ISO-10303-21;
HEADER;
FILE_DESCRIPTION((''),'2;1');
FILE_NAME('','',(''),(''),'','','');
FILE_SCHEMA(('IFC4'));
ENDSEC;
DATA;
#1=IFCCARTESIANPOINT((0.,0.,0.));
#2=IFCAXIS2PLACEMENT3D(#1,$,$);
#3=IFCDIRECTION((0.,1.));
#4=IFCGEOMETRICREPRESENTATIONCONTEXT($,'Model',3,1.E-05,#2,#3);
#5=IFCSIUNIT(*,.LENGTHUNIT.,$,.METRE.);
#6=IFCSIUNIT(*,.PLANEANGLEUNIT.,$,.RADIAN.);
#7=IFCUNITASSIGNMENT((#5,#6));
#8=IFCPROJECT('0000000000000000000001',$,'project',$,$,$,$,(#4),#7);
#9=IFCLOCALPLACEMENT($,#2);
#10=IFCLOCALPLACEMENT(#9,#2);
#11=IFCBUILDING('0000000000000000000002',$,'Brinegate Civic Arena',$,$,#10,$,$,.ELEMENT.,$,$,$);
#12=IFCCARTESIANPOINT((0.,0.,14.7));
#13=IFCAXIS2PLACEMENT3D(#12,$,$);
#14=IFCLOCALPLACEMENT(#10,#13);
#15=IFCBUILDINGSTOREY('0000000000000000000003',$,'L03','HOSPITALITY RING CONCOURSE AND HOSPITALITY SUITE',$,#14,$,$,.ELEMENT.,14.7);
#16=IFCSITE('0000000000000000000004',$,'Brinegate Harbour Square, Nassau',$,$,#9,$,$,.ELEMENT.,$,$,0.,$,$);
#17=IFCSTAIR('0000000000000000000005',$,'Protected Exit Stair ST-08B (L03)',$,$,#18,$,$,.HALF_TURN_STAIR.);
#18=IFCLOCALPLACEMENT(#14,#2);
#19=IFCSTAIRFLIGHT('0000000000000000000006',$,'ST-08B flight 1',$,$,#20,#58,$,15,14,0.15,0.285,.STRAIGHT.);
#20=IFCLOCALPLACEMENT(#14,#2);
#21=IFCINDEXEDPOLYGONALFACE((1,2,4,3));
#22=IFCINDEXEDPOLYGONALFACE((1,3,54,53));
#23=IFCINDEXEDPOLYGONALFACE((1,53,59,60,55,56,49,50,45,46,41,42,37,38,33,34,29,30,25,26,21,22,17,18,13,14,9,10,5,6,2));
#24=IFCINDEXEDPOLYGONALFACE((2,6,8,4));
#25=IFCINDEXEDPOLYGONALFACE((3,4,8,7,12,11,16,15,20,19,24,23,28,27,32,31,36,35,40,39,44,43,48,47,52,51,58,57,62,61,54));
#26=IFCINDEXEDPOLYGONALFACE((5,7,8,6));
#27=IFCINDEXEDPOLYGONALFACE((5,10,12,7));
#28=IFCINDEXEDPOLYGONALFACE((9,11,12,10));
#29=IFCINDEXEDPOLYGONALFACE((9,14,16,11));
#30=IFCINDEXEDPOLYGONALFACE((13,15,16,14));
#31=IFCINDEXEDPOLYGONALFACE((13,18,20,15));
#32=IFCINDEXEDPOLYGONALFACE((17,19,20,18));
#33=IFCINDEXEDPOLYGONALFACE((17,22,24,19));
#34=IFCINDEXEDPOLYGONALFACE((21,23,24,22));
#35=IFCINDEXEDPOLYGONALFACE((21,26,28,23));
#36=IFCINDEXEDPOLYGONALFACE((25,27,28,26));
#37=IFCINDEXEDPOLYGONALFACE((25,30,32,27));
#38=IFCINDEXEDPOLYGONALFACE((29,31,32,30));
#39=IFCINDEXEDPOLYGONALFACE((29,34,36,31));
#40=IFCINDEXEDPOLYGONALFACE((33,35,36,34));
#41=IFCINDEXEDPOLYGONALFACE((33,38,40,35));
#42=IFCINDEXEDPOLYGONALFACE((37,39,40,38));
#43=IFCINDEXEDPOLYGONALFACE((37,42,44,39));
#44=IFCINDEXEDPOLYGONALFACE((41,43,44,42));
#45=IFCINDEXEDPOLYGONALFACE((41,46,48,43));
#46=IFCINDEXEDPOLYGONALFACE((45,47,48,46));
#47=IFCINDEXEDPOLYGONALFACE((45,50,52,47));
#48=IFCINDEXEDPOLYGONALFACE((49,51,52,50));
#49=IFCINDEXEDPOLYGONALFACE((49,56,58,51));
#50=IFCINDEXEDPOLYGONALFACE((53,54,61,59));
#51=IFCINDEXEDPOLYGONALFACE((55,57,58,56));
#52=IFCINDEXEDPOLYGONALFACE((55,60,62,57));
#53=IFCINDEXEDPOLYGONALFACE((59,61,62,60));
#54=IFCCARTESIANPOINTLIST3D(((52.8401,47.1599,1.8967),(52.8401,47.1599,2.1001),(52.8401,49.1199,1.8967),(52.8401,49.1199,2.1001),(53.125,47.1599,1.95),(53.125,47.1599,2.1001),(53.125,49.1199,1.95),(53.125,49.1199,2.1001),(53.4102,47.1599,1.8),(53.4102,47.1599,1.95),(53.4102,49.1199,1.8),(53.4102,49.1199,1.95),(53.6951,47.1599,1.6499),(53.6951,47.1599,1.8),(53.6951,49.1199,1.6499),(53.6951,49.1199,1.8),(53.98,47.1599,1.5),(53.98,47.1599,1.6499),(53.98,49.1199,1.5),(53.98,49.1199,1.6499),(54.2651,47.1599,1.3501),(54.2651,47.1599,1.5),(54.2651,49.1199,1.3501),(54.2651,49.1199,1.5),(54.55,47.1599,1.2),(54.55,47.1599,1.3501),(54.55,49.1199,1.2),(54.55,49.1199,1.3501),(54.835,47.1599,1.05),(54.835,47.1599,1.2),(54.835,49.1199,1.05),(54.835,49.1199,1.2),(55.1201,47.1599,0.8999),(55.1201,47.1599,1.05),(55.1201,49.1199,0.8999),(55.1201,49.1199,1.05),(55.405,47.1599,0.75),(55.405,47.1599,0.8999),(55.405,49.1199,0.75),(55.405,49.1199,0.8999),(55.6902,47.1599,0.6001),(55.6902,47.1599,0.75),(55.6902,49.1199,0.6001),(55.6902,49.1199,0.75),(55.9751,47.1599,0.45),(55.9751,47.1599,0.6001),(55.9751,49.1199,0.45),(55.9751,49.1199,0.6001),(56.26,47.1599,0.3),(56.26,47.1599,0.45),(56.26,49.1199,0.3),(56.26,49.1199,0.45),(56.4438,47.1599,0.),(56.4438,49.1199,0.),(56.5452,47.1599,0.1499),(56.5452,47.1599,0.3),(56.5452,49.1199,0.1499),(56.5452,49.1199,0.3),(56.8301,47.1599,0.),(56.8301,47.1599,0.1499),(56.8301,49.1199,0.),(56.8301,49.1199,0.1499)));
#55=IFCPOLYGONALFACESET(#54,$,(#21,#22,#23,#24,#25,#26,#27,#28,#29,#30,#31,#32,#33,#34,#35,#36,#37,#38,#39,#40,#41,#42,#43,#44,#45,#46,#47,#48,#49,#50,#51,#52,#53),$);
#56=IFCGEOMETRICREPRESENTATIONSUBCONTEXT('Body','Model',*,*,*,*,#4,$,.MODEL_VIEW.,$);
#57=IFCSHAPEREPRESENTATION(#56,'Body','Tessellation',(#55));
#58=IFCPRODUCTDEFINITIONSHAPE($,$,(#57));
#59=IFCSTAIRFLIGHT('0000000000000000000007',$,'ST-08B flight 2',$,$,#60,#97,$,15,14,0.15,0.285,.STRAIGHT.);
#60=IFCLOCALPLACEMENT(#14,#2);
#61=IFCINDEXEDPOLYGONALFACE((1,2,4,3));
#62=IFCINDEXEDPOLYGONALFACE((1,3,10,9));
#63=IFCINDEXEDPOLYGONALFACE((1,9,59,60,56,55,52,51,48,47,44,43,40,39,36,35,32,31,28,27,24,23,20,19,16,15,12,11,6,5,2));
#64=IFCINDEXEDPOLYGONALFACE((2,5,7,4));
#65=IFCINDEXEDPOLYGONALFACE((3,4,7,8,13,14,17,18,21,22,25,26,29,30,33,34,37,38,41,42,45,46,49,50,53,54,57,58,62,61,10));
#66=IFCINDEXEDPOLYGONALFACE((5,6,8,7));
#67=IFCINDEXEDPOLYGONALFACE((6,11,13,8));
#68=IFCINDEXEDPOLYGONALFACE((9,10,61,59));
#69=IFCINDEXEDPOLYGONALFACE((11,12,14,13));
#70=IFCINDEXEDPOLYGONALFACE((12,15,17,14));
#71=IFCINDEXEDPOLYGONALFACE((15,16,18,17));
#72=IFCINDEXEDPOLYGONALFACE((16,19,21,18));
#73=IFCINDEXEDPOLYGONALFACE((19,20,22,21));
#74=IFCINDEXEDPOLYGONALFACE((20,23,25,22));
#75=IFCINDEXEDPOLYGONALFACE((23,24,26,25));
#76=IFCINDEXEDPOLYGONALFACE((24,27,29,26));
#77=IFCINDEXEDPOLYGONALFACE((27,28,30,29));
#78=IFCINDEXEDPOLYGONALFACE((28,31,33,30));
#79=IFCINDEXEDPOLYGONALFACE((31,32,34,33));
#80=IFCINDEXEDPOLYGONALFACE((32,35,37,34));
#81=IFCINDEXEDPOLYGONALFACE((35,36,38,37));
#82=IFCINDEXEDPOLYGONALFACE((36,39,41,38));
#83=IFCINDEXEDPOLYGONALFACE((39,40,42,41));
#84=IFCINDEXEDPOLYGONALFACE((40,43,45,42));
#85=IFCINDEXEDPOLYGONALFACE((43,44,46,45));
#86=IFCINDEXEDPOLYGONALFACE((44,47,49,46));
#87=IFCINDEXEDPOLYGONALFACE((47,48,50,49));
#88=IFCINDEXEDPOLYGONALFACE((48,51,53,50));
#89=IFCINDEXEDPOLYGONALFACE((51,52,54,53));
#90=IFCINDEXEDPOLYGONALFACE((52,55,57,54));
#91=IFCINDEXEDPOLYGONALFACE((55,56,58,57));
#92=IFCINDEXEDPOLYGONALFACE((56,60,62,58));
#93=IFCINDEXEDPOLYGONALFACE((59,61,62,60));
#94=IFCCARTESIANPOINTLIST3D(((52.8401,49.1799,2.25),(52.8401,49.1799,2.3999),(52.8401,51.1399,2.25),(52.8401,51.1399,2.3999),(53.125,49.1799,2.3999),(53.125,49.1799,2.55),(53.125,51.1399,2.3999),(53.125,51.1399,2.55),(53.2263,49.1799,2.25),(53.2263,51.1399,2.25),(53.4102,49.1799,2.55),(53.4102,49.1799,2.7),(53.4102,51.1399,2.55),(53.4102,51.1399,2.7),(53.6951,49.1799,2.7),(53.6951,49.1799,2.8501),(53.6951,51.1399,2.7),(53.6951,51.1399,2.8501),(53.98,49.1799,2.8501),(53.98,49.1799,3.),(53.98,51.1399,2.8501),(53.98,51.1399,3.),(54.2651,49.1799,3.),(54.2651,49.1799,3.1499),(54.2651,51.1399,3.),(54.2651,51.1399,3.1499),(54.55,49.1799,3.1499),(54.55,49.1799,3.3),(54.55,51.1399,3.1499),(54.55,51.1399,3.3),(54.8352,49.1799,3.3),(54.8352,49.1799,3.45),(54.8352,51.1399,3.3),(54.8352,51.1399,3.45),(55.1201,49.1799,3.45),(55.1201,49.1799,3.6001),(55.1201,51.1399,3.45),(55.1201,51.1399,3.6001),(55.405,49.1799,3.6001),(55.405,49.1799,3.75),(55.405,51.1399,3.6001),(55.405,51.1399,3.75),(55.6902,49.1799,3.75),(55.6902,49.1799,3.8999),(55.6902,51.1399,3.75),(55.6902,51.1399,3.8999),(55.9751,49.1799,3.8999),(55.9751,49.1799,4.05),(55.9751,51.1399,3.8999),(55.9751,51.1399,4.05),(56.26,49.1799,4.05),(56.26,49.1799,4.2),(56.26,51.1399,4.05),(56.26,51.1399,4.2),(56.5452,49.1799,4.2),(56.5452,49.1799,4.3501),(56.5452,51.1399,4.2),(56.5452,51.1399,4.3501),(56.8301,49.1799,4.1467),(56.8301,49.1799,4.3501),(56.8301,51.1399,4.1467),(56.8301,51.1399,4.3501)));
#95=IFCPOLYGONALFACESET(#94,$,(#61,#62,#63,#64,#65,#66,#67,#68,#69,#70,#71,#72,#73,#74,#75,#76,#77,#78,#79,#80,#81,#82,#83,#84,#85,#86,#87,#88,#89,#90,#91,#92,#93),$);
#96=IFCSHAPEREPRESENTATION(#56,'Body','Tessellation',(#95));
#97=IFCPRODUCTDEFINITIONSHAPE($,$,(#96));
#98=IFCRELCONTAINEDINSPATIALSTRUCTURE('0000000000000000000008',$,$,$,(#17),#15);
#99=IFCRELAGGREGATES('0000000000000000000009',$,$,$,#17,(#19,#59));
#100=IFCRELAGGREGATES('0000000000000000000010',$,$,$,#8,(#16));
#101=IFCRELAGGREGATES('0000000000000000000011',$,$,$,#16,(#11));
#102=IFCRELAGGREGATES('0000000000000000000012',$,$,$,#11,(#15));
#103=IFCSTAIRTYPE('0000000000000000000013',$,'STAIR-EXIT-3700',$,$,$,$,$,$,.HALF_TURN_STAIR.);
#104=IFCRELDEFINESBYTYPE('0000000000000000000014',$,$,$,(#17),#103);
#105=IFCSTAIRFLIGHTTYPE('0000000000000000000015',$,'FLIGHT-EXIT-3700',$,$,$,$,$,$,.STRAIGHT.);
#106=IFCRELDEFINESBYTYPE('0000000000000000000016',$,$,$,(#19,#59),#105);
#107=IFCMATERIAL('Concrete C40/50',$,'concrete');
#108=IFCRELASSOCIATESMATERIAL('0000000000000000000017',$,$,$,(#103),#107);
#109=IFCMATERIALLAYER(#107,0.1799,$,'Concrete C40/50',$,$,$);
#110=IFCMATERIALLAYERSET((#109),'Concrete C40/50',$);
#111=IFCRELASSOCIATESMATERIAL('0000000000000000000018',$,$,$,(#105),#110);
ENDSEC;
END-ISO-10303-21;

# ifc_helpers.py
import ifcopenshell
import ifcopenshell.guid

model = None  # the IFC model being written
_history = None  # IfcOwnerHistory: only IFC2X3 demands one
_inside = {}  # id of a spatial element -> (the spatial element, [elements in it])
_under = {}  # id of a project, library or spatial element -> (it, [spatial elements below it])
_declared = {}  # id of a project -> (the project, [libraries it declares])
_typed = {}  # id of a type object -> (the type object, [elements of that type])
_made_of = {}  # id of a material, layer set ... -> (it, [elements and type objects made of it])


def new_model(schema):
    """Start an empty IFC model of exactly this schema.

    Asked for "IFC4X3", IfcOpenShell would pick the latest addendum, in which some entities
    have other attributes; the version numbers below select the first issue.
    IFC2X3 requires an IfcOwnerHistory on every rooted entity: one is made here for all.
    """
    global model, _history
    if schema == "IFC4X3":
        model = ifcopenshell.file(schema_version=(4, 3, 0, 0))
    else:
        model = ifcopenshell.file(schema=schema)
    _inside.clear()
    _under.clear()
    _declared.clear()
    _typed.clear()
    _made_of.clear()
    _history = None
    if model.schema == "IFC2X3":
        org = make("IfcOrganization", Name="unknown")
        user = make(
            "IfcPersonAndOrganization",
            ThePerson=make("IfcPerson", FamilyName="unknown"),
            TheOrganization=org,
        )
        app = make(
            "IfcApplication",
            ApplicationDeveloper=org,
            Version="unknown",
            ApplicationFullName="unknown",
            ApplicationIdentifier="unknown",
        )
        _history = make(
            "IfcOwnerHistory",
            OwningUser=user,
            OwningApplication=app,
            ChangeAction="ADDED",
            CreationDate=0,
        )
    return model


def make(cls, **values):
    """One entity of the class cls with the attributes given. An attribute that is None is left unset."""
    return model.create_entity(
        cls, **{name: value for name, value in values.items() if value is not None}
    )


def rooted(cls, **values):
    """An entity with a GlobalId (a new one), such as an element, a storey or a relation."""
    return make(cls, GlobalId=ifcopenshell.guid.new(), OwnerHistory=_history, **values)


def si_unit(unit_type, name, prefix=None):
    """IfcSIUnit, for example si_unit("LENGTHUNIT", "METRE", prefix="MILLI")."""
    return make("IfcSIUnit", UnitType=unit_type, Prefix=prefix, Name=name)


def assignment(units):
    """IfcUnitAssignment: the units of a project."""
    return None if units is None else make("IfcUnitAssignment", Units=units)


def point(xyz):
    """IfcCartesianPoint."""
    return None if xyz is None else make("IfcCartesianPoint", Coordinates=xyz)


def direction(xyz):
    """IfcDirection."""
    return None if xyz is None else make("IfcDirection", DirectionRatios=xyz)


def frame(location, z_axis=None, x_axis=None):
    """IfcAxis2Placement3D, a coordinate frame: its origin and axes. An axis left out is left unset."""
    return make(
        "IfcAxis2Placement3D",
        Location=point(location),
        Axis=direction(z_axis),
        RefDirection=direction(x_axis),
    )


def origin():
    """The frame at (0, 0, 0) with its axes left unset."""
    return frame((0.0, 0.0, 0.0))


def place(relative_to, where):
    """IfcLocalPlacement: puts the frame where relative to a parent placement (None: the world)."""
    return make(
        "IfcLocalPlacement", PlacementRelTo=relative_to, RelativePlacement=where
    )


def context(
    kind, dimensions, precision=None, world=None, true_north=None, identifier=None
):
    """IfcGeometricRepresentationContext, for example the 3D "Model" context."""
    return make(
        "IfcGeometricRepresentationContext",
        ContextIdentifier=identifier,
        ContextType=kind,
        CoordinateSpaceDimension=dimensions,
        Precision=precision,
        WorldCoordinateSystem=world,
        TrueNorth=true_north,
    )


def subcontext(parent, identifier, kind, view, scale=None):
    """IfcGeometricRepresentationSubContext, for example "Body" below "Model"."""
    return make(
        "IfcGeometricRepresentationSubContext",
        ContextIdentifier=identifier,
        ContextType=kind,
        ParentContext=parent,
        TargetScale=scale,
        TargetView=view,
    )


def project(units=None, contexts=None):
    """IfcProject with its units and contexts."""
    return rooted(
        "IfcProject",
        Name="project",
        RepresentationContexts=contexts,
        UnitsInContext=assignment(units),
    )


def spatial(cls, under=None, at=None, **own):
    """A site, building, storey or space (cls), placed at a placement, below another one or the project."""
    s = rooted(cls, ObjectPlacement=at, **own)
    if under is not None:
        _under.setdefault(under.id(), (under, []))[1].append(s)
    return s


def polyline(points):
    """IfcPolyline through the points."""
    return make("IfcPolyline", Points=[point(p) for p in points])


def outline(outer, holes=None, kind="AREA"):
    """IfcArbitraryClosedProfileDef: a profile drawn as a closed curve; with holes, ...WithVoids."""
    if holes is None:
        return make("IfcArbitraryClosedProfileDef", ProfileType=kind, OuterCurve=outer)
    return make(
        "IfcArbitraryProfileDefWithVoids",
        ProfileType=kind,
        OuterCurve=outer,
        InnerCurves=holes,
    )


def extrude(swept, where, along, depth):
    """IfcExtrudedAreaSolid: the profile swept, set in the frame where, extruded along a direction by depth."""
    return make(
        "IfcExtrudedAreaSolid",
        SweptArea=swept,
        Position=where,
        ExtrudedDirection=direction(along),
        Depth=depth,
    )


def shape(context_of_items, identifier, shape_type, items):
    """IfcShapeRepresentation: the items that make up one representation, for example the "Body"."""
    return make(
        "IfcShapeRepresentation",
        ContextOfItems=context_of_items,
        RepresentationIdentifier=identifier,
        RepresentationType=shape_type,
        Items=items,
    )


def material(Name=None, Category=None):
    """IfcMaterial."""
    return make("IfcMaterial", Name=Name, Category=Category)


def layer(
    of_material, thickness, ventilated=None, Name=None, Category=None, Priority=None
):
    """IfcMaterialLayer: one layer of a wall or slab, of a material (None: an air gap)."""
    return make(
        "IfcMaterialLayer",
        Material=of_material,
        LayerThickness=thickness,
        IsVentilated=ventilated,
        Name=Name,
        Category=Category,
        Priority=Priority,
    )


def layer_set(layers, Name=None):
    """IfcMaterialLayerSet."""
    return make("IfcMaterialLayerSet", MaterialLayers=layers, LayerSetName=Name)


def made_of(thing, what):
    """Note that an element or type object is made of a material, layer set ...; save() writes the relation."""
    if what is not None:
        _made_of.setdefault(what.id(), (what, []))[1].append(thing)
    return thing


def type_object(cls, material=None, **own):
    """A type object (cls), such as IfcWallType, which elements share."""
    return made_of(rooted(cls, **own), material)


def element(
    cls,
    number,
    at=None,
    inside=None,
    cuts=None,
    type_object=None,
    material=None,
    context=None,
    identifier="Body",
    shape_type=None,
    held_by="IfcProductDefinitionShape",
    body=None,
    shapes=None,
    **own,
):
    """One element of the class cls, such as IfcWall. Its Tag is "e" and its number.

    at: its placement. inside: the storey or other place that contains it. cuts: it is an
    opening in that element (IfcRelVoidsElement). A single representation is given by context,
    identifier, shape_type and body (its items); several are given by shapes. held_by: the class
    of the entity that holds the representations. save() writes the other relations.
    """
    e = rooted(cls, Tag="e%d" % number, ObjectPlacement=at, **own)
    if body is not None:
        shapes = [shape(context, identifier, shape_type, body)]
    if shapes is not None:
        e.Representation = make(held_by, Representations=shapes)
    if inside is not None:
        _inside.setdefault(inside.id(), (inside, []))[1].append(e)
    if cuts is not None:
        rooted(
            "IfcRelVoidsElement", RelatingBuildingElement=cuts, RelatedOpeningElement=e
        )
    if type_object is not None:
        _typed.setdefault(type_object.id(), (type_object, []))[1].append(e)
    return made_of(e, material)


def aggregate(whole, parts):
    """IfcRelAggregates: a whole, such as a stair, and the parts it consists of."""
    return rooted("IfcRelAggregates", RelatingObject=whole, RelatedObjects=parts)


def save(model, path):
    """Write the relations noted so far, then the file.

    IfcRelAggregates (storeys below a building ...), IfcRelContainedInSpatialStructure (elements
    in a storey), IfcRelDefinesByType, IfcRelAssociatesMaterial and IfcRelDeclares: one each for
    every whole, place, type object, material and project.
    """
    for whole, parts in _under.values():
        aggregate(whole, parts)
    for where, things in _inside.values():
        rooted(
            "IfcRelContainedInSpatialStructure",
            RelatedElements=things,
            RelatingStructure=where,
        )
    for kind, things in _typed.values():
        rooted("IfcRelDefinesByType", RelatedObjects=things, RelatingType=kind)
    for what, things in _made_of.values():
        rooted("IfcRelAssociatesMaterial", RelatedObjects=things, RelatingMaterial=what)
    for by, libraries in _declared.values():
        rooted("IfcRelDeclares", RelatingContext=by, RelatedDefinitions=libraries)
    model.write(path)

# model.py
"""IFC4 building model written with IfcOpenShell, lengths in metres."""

from ifc_helpers import new_model, si_unit, direction, frame, origin, place, context, subcontext, project, spatial, polyline, outline, extrude, material, layer, layer_set, type_object, element, aggregate, save


model = new_model("IFC4")

# Units and contexts
model_context = context("Model", 3, precision=1e-05, world=origin(), true_north=direction((0.0, 1.0)))
body_context = subcontext(model_context, "Body", "Model", "MODEL_VIEW")
ifc_project = project(units=[si_unit("LENGTHUNIT", "METRE"), si_unit("PLANEANGLEUNIT", "RADIAN")], contexts=[model_context])

# Site, building, storey
site_placement = place(None, origin())
site = spatial("IfcSite", under=ifc_project, at=site_placement, Name="Brinegate Harbour Square, Nassau", CompositionType="ELEMENT", RefElevation=0.0)
building_placement = place(site_placement, origin())
building = spatial("IfcBuilding", under=site, at=building_placement, Name="Brinegate Civic Arena", CompositionType="ELEMENT")
storey_placement = place(building_placement, frame((0.0, 0.0, 14.7)))
storey = spatial("IfcBuildingStorey", under=building, at=storey_placement, Name="L03", Description="HOSPITALITY RING CONCOURSE AND HOSPITALITY SUITE", CompositionType="ELEMENT", Elevation=14.7)

# Shared definitions
ifc_material_1 = material(Name="Concrete C40/50", Category="concrete")

# Stair, stair flights
stair_type = type_object("IfcStairType", Name="STAIR-EXIT-3700", PredefinedType="HALF_TURN_STAIR", material=ifc_material_1)
stair_placement = place(storey_placement, origin())
stair = element("IfcStair", 1, at=stair_placement, inside=storey, type_object=stair_type, Name="Protected Exit Stair ST-08B (L03)", PredefinedType="HALF_TURN_STAIR")
ifc_layer_1 = layer(ifc_material_1, 0.1799, Name="Concrete C40/50")
ifc_layer_set_1 = layer_set([ifc_layer_1], Name="Concrete C40/50")
stair_flight_type = type_object("IfcStairFlightType", Name="FLIGHT-EXIT-3700", PredefinedType="STRAIGHT", material=ifc_layer_set_1)
stair_flight_1_placement = place(storey_placement, frame((56.8301, 48.1399, 0.0), z_axis=(0.0, 0.0, 1.0), x_axis=(-1.0, 0.0, 0.0)))
stair_flight_1 = element("IfcStairFlight", 2, at=stair_flight_1_placement, type_object=stair_flight_type, Name="ST-08B flight 1", NumberOfRisers=15, NumberOfTreads=14, PredefinedType="STRAIGHT", RiserHeight=0.15, TreadLength=0.285, context=body_context, shape_type="SweptSolid", body=[
    extrude(outline(polyline([(0.0, 0.0), (0.0, 0.1499), (0.2849, 0.1499), (0.2849, 0.3), (0.5701, 0.3), (0.5701, 0.45), (0.855, 0.45), (0.855, 0.6001), (1.1399, 0.6001), (1.1399, 0.75), (1.425, 0.75), (1.425, 0.8999), (1.71, 0.8999), (1.71, 1.05), (1.9951, 1.05), (1.9951, 1.2), (2.28, 1.2), (2.28, 1.3501), (2.5649, 1.3501), (2.5649, 1.5), (2.8501, 1.5), (2.8501, 1.6499), (3.135, 1.6499), (3.135, 1.8), (3.4199, 1.8), (3.4199, 1.95), (3.7051, 1.95), (3.7051, 2.1001), (3.99, 2.1001), (3.99, 2.25), (3.99, 1.8967), (0.3862, 0.0), (0.0, 0.0)])), frame((0.0, 0.98, 0.0), z_axis=(0.0, -1.0, 0.0), x_axis=(1.0, 0.0, 0.0)), (0.0, 0.0, 1.0), 1.96),
])
stair_flight_2_placement = place(storey_placement, frame((52.8401, 50.1599, 2.25), z_axis=(0.0, 0.0, 1.0), x_axis=(1.0, 0.0, 0.0)))
stair_flight_2 = element("IfcStairFlight", 3, at=stair_flight_2_placement, type_object=stair_flight_type, Name="ST-08B flight 2", NumberOfRisers=15, NumberOfTreads=14, PredefinedType="STRAIGHT", RiserHeight=0.15, TreadLength=0.285, context=body_context, shape_type="SweptSolid", body=[
    extrude(outline(polyline([(0.0, 0.0), (0.0, 0.1499), (0.2849, 0.1499), (0.2849, 0.3), (0.5701, 0.3), (0.5701, 0.45), (0.855, 0.45), (0.855, 0.6001), (1.1399, 0.6001), (1.1399, 0.75), (1.425, 0.75), (1.425, 0.8999), (1.71, 0.8999), (1.71, 1.05), (1.9951, 1.05), (1.9951, 1.2), (2.28, 1.2), (2.28, 1.3501), (2.5649, 1.3501), (2.5649, 1.5), (2.8501, 1.5), (2.8501, 1.6499), (3.135, 1.6499), (3.135, 1.8), (3.4199, 1.8), (3.4199, 1.95), (3.7051, 1.95), (3.7051, 2.1001), (3.99, 2.1001), (3.99, 2.25), (3.99, 1.8967), (0.3862, 0.0), (0.0, 0.0)])), frame((0.0, 0.98, 0.0), z_axis=(0.0, -1.0, 0.0), x_axis=(1.0, 0.0, 0.0)), (0.0, 0.0, 1.0), 1.96),
])
aggregate(stair, [stair_flight_1, stair_flight_2])

save(model, "model.ifc")
